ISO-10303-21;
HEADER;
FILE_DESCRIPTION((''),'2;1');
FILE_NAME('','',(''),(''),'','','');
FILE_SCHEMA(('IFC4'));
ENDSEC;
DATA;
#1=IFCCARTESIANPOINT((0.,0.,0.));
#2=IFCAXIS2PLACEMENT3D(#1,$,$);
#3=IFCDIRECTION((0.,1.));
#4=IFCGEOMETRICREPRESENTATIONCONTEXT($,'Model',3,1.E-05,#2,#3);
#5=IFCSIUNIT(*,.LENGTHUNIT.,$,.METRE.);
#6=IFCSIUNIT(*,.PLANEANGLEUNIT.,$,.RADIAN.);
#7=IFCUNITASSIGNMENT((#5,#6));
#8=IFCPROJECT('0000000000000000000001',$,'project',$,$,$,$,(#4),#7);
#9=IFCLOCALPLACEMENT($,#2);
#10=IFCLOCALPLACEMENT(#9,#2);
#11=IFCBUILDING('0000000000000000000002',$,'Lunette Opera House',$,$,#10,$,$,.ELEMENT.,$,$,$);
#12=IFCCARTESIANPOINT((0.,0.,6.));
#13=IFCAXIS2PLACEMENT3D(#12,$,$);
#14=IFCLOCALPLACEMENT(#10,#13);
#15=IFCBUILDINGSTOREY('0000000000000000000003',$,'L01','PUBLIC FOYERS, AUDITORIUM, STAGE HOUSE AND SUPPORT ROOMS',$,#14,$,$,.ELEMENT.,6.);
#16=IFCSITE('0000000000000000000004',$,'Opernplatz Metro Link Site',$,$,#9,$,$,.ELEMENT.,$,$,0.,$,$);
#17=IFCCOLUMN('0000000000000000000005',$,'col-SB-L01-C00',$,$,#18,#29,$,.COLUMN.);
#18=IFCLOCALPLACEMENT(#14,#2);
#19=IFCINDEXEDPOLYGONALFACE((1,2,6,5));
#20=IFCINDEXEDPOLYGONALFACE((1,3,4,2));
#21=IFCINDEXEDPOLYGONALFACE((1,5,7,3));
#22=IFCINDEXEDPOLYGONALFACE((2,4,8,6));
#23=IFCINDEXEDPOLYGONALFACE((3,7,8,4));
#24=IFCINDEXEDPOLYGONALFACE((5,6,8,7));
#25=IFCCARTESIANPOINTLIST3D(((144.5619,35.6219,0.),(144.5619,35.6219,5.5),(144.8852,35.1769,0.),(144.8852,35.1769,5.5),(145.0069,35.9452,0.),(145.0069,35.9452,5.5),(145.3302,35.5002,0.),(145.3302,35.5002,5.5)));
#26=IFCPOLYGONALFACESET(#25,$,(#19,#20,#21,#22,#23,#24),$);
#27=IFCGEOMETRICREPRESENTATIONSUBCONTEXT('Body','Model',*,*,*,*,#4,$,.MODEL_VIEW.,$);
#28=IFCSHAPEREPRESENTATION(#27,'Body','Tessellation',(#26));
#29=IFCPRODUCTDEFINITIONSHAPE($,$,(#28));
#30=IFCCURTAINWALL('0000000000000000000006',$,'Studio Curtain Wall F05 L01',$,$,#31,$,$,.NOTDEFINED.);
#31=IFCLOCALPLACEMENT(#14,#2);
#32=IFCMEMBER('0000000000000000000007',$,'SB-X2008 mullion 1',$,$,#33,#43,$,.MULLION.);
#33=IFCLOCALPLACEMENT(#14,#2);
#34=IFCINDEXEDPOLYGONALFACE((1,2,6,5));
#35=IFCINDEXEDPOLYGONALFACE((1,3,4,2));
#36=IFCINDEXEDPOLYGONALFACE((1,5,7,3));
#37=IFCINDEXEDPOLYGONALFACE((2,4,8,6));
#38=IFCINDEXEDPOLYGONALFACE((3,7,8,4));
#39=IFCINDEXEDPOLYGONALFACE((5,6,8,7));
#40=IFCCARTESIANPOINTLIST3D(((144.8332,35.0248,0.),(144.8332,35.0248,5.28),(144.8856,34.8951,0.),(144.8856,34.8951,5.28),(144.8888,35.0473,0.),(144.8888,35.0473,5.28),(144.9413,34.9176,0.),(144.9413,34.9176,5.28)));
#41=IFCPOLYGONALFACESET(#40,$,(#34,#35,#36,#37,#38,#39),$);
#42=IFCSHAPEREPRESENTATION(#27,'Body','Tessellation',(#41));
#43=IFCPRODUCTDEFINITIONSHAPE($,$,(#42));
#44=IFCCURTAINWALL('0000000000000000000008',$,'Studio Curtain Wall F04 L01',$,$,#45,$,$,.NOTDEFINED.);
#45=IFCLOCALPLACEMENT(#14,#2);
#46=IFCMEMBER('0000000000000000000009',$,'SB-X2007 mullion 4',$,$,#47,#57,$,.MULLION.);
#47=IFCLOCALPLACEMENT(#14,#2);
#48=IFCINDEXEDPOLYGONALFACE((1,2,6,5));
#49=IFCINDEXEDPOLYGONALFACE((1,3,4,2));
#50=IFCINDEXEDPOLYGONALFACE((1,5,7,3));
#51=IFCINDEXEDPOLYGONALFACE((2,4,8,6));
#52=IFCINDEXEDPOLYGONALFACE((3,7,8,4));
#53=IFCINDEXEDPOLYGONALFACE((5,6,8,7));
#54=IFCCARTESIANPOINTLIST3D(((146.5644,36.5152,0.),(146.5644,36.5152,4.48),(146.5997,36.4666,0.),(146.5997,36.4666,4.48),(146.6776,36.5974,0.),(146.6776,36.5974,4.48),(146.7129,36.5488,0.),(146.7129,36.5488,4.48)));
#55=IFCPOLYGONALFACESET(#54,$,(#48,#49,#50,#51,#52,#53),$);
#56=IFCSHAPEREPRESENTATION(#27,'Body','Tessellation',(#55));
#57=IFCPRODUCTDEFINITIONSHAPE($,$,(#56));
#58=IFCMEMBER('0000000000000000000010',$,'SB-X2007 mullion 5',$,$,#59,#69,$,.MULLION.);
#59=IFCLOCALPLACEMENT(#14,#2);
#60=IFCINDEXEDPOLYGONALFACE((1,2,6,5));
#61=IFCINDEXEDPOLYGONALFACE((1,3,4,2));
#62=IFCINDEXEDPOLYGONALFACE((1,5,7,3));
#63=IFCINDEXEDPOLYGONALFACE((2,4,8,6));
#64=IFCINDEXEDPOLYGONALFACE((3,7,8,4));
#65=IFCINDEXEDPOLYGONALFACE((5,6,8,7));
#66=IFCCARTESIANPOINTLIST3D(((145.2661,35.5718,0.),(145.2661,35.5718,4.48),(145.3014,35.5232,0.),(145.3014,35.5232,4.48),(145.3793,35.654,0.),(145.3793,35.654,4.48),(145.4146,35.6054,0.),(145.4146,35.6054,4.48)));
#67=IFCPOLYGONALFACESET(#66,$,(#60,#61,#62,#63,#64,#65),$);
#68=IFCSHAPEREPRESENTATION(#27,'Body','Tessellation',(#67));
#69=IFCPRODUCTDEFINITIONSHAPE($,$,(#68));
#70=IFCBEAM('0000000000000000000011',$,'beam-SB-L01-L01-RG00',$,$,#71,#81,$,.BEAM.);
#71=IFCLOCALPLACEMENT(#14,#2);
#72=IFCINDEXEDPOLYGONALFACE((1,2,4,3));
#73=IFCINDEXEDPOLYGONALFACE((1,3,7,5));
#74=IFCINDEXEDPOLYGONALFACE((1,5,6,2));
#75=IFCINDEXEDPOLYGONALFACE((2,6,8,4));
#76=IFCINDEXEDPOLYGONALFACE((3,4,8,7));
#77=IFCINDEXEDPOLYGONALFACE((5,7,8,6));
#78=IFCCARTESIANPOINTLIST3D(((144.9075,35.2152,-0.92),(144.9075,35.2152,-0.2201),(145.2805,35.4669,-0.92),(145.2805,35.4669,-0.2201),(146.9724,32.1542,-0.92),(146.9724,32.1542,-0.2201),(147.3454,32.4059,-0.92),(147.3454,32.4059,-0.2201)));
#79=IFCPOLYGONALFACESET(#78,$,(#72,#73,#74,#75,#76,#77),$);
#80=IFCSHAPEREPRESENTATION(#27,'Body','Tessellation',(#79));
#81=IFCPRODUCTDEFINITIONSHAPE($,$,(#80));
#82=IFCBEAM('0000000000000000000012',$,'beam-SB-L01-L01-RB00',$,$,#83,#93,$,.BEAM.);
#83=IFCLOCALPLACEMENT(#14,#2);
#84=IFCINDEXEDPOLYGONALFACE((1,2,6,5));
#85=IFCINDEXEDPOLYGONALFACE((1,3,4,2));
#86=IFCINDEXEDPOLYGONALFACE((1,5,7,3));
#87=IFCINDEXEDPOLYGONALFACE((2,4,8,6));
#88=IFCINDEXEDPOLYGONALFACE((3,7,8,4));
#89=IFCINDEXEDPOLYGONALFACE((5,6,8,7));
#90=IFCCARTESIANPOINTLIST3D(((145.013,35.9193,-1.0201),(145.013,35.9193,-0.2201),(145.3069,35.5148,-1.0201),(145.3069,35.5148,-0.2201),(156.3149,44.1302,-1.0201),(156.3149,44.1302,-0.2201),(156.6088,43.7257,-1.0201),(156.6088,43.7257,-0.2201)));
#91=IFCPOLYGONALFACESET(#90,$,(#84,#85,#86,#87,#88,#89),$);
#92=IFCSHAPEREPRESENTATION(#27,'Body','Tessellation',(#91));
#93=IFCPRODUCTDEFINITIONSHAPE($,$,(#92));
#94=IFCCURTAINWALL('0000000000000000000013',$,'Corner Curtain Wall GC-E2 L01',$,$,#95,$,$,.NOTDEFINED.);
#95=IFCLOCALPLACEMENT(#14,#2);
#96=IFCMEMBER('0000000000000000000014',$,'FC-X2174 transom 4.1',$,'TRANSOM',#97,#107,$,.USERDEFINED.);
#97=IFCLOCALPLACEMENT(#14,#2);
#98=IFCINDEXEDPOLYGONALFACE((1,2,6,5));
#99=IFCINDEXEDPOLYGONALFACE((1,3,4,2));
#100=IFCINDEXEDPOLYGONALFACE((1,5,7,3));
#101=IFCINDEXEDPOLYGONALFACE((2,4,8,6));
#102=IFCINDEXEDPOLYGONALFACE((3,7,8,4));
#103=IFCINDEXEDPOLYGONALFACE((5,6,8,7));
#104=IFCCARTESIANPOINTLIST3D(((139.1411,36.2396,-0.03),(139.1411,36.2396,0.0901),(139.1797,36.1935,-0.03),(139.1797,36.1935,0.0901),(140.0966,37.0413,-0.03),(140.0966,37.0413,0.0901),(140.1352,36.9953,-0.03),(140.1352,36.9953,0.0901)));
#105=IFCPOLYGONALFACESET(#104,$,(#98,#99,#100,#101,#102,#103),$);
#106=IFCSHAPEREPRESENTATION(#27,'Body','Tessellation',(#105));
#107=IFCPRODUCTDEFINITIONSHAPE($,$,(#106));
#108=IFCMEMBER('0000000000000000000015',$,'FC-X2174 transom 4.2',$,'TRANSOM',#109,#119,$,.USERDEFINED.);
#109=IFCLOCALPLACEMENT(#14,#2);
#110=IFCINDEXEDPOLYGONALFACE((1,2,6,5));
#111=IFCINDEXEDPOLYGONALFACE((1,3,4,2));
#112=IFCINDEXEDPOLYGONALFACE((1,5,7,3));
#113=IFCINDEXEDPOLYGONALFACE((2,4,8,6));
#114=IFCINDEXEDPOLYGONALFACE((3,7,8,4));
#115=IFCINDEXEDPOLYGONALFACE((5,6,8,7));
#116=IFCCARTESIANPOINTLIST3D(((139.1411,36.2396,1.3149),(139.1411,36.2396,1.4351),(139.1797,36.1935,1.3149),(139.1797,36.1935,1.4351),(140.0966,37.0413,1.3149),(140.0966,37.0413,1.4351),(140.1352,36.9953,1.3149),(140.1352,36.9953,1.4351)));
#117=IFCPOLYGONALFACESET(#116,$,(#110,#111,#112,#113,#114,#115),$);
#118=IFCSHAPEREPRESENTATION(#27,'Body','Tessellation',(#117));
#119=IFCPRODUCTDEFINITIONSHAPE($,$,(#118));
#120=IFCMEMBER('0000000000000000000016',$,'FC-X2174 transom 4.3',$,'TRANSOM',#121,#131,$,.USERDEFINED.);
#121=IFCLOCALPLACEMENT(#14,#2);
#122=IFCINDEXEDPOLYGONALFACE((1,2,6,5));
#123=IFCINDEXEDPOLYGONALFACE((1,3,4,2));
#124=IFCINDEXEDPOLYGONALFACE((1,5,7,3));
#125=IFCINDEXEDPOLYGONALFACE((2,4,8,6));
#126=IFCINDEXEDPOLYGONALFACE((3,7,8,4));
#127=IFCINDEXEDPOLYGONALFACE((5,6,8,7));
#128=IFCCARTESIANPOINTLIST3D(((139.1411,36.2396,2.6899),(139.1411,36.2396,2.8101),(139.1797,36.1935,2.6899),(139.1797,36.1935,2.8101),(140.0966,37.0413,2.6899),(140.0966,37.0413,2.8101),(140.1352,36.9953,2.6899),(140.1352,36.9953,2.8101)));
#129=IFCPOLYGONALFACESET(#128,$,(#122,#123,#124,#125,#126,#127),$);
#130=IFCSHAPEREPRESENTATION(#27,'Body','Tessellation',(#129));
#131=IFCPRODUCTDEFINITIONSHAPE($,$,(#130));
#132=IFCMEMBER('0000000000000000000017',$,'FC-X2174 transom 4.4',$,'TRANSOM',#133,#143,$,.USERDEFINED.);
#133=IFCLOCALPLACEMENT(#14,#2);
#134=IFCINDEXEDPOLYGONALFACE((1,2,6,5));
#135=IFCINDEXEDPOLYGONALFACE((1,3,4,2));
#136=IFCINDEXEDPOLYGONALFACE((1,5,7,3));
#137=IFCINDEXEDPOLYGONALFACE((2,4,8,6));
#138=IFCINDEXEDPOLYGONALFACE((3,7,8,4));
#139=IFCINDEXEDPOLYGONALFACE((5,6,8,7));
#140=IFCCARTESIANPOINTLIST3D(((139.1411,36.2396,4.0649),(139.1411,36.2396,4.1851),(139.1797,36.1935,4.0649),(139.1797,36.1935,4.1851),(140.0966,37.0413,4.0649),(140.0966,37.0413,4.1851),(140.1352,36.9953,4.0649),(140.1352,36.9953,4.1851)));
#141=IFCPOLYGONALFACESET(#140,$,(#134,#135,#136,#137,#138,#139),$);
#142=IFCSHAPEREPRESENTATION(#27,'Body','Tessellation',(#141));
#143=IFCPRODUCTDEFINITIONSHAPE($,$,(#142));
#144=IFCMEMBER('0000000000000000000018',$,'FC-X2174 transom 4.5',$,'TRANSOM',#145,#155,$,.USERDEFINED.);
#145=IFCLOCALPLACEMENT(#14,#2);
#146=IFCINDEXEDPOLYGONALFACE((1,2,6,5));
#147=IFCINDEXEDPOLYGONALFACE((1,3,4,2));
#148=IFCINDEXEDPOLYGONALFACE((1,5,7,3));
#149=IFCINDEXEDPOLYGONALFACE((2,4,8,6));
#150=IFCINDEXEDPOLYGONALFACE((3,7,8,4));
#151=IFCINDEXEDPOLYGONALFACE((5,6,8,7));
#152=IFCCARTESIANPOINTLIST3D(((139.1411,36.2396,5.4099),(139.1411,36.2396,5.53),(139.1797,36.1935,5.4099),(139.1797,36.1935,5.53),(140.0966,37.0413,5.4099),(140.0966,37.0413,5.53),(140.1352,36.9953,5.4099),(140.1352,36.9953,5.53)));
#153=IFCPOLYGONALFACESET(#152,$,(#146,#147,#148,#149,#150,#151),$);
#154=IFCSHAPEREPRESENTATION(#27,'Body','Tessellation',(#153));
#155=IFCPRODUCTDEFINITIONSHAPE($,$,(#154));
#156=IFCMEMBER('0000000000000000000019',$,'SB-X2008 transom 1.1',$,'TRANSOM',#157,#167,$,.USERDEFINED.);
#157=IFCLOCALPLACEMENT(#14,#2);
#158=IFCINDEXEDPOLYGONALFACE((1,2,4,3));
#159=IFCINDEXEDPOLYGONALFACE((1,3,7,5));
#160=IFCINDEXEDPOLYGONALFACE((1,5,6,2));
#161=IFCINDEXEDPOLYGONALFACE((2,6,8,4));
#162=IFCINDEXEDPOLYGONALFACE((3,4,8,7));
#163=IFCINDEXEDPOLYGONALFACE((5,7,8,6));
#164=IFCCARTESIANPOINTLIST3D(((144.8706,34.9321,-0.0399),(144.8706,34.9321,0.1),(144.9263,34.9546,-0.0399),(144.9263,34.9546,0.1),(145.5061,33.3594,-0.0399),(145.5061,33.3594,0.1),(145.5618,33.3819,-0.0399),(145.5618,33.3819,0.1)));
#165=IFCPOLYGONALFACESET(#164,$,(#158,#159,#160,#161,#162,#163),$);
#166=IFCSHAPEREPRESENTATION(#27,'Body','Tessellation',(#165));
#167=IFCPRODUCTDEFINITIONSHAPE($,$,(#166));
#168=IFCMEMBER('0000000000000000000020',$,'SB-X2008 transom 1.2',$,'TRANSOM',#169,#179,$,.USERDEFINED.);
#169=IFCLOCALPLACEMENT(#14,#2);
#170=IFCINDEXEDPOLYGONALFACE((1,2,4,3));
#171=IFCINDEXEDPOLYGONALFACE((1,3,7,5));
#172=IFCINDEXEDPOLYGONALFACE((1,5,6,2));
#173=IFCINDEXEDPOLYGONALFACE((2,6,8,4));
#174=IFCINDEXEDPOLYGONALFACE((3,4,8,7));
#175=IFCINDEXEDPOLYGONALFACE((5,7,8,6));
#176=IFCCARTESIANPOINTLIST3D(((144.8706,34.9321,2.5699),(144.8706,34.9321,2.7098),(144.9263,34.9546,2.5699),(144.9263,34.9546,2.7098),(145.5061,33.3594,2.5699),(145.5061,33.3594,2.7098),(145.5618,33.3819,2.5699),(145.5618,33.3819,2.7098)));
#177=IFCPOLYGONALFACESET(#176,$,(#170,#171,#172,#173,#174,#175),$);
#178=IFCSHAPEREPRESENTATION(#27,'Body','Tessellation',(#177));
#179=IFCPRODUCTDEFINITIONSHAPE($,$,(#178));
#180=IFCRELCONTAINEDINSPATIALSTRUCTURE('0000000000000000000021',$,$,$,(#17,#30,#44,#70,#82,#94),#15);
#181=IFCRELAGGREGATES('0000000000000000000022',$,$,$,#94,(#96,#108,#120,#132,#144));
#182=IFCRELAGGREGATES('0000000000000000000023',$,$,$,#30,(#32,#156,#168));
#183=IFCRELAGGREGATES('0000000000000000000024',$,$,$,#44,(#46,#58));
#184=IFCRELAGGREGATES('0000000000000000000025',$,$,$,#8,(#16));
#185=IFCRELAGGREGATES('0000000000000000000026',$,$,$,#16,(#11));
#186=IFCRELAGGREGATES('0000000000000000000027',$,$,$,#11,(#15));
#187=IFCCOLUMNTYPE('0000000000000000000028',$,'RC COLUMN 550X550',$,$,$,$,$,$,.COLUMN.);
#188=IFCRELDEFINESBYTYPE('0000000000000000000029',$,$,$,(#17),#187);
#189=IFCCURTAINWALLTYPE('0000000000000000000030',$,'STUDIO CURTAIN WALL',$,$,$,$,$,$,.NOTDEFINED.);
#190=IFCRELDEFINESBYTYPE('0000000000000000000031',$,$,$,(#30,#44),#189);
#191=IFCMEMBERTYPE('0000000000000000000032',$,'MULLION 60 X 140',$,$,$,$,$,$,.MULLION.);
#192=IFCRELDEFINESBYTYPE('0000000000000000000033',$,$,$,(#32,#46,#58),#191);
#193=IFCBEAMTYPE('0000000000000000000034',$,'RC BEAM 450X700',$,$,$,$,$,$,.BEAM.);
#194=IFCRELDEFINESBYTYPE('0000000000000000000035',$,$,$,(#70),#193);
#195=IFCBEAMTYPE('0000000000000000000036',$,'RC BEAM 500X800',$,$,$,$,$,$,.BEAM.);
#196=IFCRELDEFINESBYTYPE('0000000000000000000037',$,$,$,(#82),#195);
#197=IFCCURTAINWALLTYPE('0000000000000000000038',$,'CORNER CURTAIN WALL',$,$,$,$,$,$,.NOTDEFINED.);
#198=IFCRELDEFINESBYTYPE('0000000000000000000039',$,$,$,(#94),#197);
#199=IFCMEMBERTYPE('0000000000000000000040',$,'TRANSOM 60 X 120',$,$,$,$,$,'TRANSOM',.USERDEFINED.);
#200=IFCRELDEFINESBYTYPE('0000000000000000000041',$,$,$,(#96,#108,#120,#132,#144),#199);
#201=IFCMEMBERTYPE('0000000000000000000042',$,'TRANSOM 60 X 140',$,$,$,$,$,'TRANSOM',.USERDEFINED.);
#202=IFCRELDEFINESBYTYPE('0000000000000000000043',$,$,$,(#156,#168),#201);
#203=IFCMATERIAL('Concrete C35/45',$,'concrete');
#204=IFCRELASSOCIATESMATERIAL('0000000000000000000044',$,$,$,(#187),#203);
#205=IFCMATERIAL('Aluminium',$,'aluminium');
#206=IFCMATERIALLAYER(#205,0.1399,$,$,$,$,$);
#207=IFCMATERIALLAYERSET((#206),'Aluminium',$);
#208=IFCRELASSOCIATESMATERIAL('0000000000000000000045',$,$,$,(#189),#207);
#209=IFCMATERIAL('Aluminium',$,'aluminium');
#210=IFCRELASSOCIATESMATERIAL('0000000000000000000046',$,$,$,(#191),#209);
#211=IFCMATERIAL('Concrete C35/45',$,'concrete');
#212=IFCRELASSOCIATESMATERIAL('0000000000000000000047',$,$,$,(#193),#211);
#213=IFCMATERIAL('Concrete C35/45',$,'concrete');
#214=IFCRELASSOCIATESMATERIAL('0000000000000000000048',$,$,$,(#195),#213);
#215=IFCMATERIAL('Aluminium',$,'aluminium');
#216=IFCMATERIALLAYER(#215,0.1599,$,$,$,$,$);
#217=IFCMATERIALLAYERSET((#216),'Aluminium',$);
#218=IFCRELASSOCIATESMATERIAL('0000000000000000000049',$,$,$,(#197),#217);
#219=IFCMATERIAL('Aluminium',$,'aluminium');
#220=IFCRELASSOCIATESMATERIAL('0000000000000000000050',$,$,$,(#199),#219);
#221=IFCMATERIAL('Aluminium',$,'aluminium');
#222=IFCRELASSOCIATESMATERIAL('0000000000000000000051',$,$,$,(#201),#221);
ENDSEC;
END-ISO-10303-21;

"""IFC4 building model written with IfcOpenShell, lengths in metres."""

from ifc_helpers import new_model, si_unit, direction, frame, origin, origin_2d, place, context, subcontext, project, spatial, rectangle, extrude, material, layer, layer_set, material_profile, profile_set, type_object, element, aggregate, save


model = new_model("IFC4")

# Units and contexts
model_context = context("Model", 3, precision=1e-05, world=origin(), true_north=direction((0.0, 1.0)))
body_context = subcontext(model_context, "Body", "Model", "MODEL_VIEW")
ifc_project = project(units=[si_unit("LENGTHUNIT", "METRE"), si_unit("PLANEANGLEUNIT", "RADIAN")], contexts=[model_context])

# Site, building, storey
site_placement = place(None, origin())
site = spatial("IfcSite", under=ifc_project, at=site_placement, Name="Opernplatz Metro Link Site", CompositionType="ELEMENT", RefElevation=0.0)
building_placement = place(site_placement, origin())
building = spatial("IfcBuilding", under=site, at=building_placement, Name="Lunette Opera House", CompositionType="ELEMENT")
storey_placement = place(building_placement, frame((0.0, 0.0, 6.0)))
storey = spatial("IfcBuildingStorey", under=building, at=storey_placement, Name="L01", Description="PUBLIC FOYERS, AUDITORIUM, STAGE HOUSE AND SUPPORT ROOMS", CompositionType="ELEMENT", Elevation=6.0)

# Column
ifc_material_1 = material(Name="Concrete C35/45", Category="concrete")
ifc_material_profile_1 = material_profile(ifc_material_1, rectangle(XDim=0.55, YDim=0.55, at=origin_2d()), Name="RC COLUMN 550X550")
ifc_profile_set_1 = profile_set([ifc_material_profile_1], Name="Concrete C35/45")
column_type = type_object("IfcColumnType", Name="RC COLUMN 550X550", PredefinedType="COLUMN", material=ifc_profile_set_1)
column_placement = place(storey_placement, frame((144.946, 35.561, 0.0), z_axis=(0.0, 0.0, 1.0), x_axis=(0.587785, -0.809017, 0.0)))
element("IfcColumn", 1, at=column_placement, inside=storey, type_object=column_type, Name="col-SB-L01-C00", PredefinedType="COLUMN", context=body_context, shape_type="SweptSolid", body=[
    extrude(rectangle(XDim=0.55, YDim=0.55, at=origin_2d()), origin(), (0.0, 0.0, 1.0), 5.5),
])

# Curtain wall, member
ifc_material_2 = material(Name="Aluminium", Category="aluminium")
ifc_layer_1 = layer(ifc_material_2, 0.1399)
ifc_layer_set_1 = layer_set([ifc_layer_1], Name="Aluminium")
curtain_wall_type_1 = type_object("IfcCurtainWallType", Name="STUDIO CURTAIN WALL", PredefinedType="NOTDEFINED", material=ifc_layer_set_1)
curtain_wall_1_placement = place(storey_placement, origin())
curtain_wall_1 = element("IfcCurtainWall", 2, at=curtain_wall_1_placement, inside=storey, type_object=curtain_wall_type_1, Name="Studio Curtain Wall F05 L01", PredefinedType="NOTDEFINED")
ifc_material_3 = material(Name="Aluminium", Category="aluminium")
ifc_material_profile_2 = material_profile(ifc_material_3, rectangle(XDim=0.0601, YDim=0.1399, at=origin_2d()), Name="MULLION 60 X 140")
ifc_profile_set_2 = profile_set([ifc_material_profile_2], Name="Aluminium")
member_type_1 = type_object("IfcMemberType", Name="MULLION 60 X 140", PredefinedType="MULLION", material=ifc_profile_set_2)
member_1_placement = place(storey_placement, frame((144.8872, 34.9712, 0.0), z_axis=(0.0, 0.0, 1.0), x_axis=(0.927168, 0.374646, 0.0)))
member_1 = element("IfcMember", 3, at=member_1_placement, type_object=member_type_1, Name="SB-X2008 mullion 1", PredefinedType="MULLION", context=body_context, shape_type="SweptSolid", body=[
    extrude(rectangle(XDim=0.0601, YDim=0.1399, at=origin_2d()), origin(), (0.0, 0.0, 1.0), 5.28),
])

# Curtain wall, members
curtain_wall_2_placement = place(storey_placement, origin())
curtain_wall_2 = element("IfcCurtainWall", 4, at=curtain_wall_2_placement, inside=storey, type_object=curtain_wall_type_1, Name="Studio Curtain Wall F04 L01", PredefinedType="NOTDEFINED")
member_2_placement = place(storey_placement, frame((146.6387, 36.532, 0.0), z_axis=(0.0, 0.0, 1.0), x_axis=(0.587772, -0.809027, 0.0)))
member_2 = element("IfcMember", 5, at=member_2_placement, type_object=member_type_1, Name="SB-X2007 mullion 4", PredefinedType="MULLION", context=body_context, shape_type="SweptSolid", body=[
    extrude(rectangle(XDim=0.0601, YDim=0.1399, at=origin_2d()), origin(), (0.0, 0.0, 1.0), 4.48),
])
member_3_placement = place(storey_placement, frame((145.3403, 35.5886, 0.0), z_axis=(0.0, 0.0, 1.0), x_axis=(0.587772, -0.809027, 0.0)))
member_3 = element("IfcMember", 6, at=member_3_placement, type_object=member_type_1, Name="SB-X2007 mullion 5", PredefinedType="MULLION", context=body_context, shape_type="SweptSolid", body=[
    extrude(rectangle(XDim=0.0601, YDim=0.1399, at=origin_2d()), origin(), (0.0, 0.0, 1.0), 4.48),
])

# Beams
ifc_material_4 = material(Name="Concrete C35/45", Category="concrete")
ifc_material_profile_3 = material_profile(ifc_material_4, rectangle(XDim=0.45, YDim=0.7, at=origin_2d()), Name="RC BEAM 450X700")
ifc_profile_set_3 = profile_set([ifc_material_profile_3], Name="Concrete C35/45")
beam_type_1 = type_object("IfcBeamType", Name="RC BEAM 450X700", PredefinedType="BEAM", material=ifc_profile_set_3)
beam_1_placement = place(storey_placement, frame((145.094, 35.3411, -0.5701), z_axis=(0.559239, -0.829007, 0.0), x_axis=(0.829007, 0.559239, 0.0)))
element("IfcBeam", 7, at=beam_1_placement, inside=storey, type_object=beam_type_1, Name="beam-SB-L01-L01-RG00", PredefinedType="BEAM", context=body_context, shape_type="SweptSolid", body=[
    extrude(rectangle(XDim=0.45, YDim=0.7, at=origin_2d()), origin(), (0.0, 0.0, 1.0), 3.6924),
])
ifc_material_5 = material(Name="Concrete C35/45", Category="concrete")
ifc_material_profile_4 = material_profile(ifc_material_5, rectangle(XDim=0.5, YDim=0.8, at=origin_2d()), Name="RC BEAM 500X800")
ifc_profile_set_4 = profile_set([ifc_material_profile_4], Name="Concrete C35/45")
beam_type_2 = type_object("IfcBeamType", Name="RC BEAM 500X800", PredefinedType="BEAM", material=ifc_profile_set_4)
beam_2_placement = place(storey_placement, frame((145.1599, 35.717, -0.6201), z_axis=(0.809032, 0.587764, 0.0), x_axis=(-0.587764, 0.809032, 0.0)))
element("IfcBeam", 8, at=beam_2_placement, inside=storey, type_object=beam_type_2, Name="beam-SB-L01-L01-RB00", PredefinedType="BEAM", context=body_context, shape_type="SweptSolid", body=[
    extrude(rectangle(XDim=0.5, YDim=0.8, at=origin_2d()), origin(), (0.0, 0.0, 1.0), 13.9697),
])

# Curtain wall, members
ifc_material_6 = material(Name="Aluminium", Category="aluminium")
ifc_layer_2 = layer(ifc_material_6, 0.1599)
ifc_layer_set_2 = layer_set([ifc_layer_2], Name="Aluminium")
curtain_wall_type_2 = type_object("IfcCurtainWallType", Name="CORNER CURTAIN WALL", PredefinedType="NOTDEFINED", material=ifc_layer_set_2)
curtain_wall_3_placement = place(storey_placement, origin())
curtain_wall_3 = element("IfcCurtainWall", 9, at=curtain_wall_3_placement, inside=storey, type_object=curtain_wall_type_2, Name="Corner Curtain Wall GC-E2 L01", PredefinedType="NOTDEFINED")
ifc_material_7 = material(Name="Aluminium", Category="aluminium")
ifc_material_profile_5 = material_profile(ifc_material_7, rectangle(XDim=0.0601, YDim=0.1201, at=origin_2d()), Name="TRANSOM 60 X 120")
ifc_profile_set_5 = profile_set([ifc_material_profile_5], Name="Aluminium")
member_type_2 = type_object("IfcMemberType", Name="TRANSOM 60 X 120", ElementType="TRANSOM", PredefinedType="USERDEFINED", material=ifc_profile_set_5)
member_4_placement = place(storey_placement, frame((139.1604, 36.2166, 0.03), z_axis=(0.766067, 0.642761, 0.0), x_axis=(-0.642761, 0.766067, 0.0)))
member_4 = element("IfcMember", 10, at=member_4_placement, type_object=member_type_2, Name="FC-X2174 transom 4.1", ObjectType="TRANSOM", PredefinedType="USERDEFINED", context=body_context, shape_type="SweptSolid", body=[
    extrude(rectangle(XDim=0.0601, YDim=0.1201, at=origin_2d()), origin(), (0.0, 0.0, 1.0), 1.2473),
])
member_5_placement = place(storey_placement, frame((139.1604, 36.2166, 1.375), z_axis=(0.766067, 0.642761, 0.0), x_axis=(-0.642761, 0.766067, 0.0)))
member_5 = element("IfcMember", 11, at=member_5_placement, type_object=member_type_2, Name="FC-X2174 transom 4.2", ObjectType="TRANSOM", PredefinedType="USERDEFINED", context=body_context, shape_type="SweptSolid", body=[
    extrude(rectangle(XDim=0.0601, YDim=0.1201, at=origin_2d()), origin(), (0.0, 0.0, 1.0), 1.2473),
])
member_6_placement = place(storey_placement, frame((139.1604, 36.2166, 2.75), z_axis=(0.766067, 0.642761, 0.0), x_axis=(-0.642761, 0.766067, 0.0)))
member_6 = element("IfcMember", 12, at=member_6_placement, type_object=member_type_2, Name="FC-X2174 transom 4.3", ObjectType="TRANSOM", PredefinedType="USERDEFINED", context=body_context, shape_type="SweptSolid", body=[
    extrude(rectangle(XDim=0.0601, YDim=0.1201, at=origin_2d()), origin(), (0.0, 0.0, 1.0), 1.2473),
])
member_7_placement = place(storey_placement, frame((139.1604, 36.2166, 4.125), z_axis=(0.766067, 0.642761, 0.0), x_axis=(-0.642761, 0.766067, 0.0)))
member_7 = element("IfcMember", 13, at=member_7_placement, type_object=member_type_2, Name="FC-X2174 transom 4.4", ObjectType="TRANSOM", PredefinedType="USERDEFINED", context=body_context, shape_type="SweptSolid", body=[
    extrude(rectangle(XDim=0.0601, YDim=0.1201, at=origin_2d()), origin(), (0.0, 0.0, 1.0), 1.2473),
])
member_8_placement = place(storey_placement, frame((139.1604, 36.2166, 5.47), z_axis=(0.766067, 0.642761, 0.0), x_axis=(-0.642761, 0.766067, 0.0)))
member_8 = element("IfcMember", 14, at=member_8_placement, type_object=member_type_2, Name="FC-X2174 transom 4.5", ObjectType="TRANSOM", PredefinedType="USERDEFINED", context=body_context, shape_type="SweptSolid", body=[
    extrude(rectangle(XDim=0.0601, YDim=0.1201, at=origin_2d()), origin(), (0.0, 0.0, 1.0), 1.2473),
])

# Members
ifc_material_8 = material(Name="Aluminium", Category="aluminium")
ifc_material_profile_6 = material_profile(ifc_material_8, rectangle(XDim=0.0601, YDim=0.1399, at=origin_2d()), Name="TRANSOM 60 X 140")
ifc_profile_set_6 = profile_set([ifc_material_profile_6], Name="Aluminium")
member_type_3 = type_object("IfcMemberType", Name="TRANSOM 60 X 140", ElementType="TRANSOM", PredefinedType="USERDEFINED", material=ifc_profile_set_6)
member_9_placement = place(storey_placement, frame((144.8984, 34.9434, 0.03), z_axis=(0.374639, -0.927171, 0.0), x_axis=(0.927171, 0.374639, 0.0)))
member_9 = element("IfcMember", 15, at=member_9_placement, type_object=member_type_3, Name="SB-X2008 transom 1.1", ObjectType="TRANSOM", PredefinedType="USERDEFINED", context=body_context, shape_type="SweptSolid", body=[
    extrude(rectangle(XDim=0.0601, YDim=0.1399, at=origin_2d()), origin(), (0.0, 0.0, 1.0), 1.6963),
])
member_10_placement = place(storey_placement, frame((144.8984, 34.9434, 2.6399), z_axis=(0.374639, -0.927171, 0.0), x_axis=(0.927171, 0.374639, 0.0)))
member_10 = element("IfcMember", 16, at=member_10_placement, type_object=member_type_3, Name="SB-X2008 transom 1.2", ObjectType="TRANSOM", PredefinedType="USERDEFINED", context=body_context, shape_type="SweptSolid", body=[
    extrude(rectangle(XDim=0.0601, YDim=0.1399, at=origin_2d()), origin(), (0.0, 0.0, 1.0), 1.6963),
])

aggregate(curtain_wall_3, [member_4, member_5, member_6, member_7, member_8])
aggregate(curtain_wall_1, [member_1, member_9, member_10])
aggregate(curtain_wall_2, [member_2, member_3])

save(model, "model.ifc")
